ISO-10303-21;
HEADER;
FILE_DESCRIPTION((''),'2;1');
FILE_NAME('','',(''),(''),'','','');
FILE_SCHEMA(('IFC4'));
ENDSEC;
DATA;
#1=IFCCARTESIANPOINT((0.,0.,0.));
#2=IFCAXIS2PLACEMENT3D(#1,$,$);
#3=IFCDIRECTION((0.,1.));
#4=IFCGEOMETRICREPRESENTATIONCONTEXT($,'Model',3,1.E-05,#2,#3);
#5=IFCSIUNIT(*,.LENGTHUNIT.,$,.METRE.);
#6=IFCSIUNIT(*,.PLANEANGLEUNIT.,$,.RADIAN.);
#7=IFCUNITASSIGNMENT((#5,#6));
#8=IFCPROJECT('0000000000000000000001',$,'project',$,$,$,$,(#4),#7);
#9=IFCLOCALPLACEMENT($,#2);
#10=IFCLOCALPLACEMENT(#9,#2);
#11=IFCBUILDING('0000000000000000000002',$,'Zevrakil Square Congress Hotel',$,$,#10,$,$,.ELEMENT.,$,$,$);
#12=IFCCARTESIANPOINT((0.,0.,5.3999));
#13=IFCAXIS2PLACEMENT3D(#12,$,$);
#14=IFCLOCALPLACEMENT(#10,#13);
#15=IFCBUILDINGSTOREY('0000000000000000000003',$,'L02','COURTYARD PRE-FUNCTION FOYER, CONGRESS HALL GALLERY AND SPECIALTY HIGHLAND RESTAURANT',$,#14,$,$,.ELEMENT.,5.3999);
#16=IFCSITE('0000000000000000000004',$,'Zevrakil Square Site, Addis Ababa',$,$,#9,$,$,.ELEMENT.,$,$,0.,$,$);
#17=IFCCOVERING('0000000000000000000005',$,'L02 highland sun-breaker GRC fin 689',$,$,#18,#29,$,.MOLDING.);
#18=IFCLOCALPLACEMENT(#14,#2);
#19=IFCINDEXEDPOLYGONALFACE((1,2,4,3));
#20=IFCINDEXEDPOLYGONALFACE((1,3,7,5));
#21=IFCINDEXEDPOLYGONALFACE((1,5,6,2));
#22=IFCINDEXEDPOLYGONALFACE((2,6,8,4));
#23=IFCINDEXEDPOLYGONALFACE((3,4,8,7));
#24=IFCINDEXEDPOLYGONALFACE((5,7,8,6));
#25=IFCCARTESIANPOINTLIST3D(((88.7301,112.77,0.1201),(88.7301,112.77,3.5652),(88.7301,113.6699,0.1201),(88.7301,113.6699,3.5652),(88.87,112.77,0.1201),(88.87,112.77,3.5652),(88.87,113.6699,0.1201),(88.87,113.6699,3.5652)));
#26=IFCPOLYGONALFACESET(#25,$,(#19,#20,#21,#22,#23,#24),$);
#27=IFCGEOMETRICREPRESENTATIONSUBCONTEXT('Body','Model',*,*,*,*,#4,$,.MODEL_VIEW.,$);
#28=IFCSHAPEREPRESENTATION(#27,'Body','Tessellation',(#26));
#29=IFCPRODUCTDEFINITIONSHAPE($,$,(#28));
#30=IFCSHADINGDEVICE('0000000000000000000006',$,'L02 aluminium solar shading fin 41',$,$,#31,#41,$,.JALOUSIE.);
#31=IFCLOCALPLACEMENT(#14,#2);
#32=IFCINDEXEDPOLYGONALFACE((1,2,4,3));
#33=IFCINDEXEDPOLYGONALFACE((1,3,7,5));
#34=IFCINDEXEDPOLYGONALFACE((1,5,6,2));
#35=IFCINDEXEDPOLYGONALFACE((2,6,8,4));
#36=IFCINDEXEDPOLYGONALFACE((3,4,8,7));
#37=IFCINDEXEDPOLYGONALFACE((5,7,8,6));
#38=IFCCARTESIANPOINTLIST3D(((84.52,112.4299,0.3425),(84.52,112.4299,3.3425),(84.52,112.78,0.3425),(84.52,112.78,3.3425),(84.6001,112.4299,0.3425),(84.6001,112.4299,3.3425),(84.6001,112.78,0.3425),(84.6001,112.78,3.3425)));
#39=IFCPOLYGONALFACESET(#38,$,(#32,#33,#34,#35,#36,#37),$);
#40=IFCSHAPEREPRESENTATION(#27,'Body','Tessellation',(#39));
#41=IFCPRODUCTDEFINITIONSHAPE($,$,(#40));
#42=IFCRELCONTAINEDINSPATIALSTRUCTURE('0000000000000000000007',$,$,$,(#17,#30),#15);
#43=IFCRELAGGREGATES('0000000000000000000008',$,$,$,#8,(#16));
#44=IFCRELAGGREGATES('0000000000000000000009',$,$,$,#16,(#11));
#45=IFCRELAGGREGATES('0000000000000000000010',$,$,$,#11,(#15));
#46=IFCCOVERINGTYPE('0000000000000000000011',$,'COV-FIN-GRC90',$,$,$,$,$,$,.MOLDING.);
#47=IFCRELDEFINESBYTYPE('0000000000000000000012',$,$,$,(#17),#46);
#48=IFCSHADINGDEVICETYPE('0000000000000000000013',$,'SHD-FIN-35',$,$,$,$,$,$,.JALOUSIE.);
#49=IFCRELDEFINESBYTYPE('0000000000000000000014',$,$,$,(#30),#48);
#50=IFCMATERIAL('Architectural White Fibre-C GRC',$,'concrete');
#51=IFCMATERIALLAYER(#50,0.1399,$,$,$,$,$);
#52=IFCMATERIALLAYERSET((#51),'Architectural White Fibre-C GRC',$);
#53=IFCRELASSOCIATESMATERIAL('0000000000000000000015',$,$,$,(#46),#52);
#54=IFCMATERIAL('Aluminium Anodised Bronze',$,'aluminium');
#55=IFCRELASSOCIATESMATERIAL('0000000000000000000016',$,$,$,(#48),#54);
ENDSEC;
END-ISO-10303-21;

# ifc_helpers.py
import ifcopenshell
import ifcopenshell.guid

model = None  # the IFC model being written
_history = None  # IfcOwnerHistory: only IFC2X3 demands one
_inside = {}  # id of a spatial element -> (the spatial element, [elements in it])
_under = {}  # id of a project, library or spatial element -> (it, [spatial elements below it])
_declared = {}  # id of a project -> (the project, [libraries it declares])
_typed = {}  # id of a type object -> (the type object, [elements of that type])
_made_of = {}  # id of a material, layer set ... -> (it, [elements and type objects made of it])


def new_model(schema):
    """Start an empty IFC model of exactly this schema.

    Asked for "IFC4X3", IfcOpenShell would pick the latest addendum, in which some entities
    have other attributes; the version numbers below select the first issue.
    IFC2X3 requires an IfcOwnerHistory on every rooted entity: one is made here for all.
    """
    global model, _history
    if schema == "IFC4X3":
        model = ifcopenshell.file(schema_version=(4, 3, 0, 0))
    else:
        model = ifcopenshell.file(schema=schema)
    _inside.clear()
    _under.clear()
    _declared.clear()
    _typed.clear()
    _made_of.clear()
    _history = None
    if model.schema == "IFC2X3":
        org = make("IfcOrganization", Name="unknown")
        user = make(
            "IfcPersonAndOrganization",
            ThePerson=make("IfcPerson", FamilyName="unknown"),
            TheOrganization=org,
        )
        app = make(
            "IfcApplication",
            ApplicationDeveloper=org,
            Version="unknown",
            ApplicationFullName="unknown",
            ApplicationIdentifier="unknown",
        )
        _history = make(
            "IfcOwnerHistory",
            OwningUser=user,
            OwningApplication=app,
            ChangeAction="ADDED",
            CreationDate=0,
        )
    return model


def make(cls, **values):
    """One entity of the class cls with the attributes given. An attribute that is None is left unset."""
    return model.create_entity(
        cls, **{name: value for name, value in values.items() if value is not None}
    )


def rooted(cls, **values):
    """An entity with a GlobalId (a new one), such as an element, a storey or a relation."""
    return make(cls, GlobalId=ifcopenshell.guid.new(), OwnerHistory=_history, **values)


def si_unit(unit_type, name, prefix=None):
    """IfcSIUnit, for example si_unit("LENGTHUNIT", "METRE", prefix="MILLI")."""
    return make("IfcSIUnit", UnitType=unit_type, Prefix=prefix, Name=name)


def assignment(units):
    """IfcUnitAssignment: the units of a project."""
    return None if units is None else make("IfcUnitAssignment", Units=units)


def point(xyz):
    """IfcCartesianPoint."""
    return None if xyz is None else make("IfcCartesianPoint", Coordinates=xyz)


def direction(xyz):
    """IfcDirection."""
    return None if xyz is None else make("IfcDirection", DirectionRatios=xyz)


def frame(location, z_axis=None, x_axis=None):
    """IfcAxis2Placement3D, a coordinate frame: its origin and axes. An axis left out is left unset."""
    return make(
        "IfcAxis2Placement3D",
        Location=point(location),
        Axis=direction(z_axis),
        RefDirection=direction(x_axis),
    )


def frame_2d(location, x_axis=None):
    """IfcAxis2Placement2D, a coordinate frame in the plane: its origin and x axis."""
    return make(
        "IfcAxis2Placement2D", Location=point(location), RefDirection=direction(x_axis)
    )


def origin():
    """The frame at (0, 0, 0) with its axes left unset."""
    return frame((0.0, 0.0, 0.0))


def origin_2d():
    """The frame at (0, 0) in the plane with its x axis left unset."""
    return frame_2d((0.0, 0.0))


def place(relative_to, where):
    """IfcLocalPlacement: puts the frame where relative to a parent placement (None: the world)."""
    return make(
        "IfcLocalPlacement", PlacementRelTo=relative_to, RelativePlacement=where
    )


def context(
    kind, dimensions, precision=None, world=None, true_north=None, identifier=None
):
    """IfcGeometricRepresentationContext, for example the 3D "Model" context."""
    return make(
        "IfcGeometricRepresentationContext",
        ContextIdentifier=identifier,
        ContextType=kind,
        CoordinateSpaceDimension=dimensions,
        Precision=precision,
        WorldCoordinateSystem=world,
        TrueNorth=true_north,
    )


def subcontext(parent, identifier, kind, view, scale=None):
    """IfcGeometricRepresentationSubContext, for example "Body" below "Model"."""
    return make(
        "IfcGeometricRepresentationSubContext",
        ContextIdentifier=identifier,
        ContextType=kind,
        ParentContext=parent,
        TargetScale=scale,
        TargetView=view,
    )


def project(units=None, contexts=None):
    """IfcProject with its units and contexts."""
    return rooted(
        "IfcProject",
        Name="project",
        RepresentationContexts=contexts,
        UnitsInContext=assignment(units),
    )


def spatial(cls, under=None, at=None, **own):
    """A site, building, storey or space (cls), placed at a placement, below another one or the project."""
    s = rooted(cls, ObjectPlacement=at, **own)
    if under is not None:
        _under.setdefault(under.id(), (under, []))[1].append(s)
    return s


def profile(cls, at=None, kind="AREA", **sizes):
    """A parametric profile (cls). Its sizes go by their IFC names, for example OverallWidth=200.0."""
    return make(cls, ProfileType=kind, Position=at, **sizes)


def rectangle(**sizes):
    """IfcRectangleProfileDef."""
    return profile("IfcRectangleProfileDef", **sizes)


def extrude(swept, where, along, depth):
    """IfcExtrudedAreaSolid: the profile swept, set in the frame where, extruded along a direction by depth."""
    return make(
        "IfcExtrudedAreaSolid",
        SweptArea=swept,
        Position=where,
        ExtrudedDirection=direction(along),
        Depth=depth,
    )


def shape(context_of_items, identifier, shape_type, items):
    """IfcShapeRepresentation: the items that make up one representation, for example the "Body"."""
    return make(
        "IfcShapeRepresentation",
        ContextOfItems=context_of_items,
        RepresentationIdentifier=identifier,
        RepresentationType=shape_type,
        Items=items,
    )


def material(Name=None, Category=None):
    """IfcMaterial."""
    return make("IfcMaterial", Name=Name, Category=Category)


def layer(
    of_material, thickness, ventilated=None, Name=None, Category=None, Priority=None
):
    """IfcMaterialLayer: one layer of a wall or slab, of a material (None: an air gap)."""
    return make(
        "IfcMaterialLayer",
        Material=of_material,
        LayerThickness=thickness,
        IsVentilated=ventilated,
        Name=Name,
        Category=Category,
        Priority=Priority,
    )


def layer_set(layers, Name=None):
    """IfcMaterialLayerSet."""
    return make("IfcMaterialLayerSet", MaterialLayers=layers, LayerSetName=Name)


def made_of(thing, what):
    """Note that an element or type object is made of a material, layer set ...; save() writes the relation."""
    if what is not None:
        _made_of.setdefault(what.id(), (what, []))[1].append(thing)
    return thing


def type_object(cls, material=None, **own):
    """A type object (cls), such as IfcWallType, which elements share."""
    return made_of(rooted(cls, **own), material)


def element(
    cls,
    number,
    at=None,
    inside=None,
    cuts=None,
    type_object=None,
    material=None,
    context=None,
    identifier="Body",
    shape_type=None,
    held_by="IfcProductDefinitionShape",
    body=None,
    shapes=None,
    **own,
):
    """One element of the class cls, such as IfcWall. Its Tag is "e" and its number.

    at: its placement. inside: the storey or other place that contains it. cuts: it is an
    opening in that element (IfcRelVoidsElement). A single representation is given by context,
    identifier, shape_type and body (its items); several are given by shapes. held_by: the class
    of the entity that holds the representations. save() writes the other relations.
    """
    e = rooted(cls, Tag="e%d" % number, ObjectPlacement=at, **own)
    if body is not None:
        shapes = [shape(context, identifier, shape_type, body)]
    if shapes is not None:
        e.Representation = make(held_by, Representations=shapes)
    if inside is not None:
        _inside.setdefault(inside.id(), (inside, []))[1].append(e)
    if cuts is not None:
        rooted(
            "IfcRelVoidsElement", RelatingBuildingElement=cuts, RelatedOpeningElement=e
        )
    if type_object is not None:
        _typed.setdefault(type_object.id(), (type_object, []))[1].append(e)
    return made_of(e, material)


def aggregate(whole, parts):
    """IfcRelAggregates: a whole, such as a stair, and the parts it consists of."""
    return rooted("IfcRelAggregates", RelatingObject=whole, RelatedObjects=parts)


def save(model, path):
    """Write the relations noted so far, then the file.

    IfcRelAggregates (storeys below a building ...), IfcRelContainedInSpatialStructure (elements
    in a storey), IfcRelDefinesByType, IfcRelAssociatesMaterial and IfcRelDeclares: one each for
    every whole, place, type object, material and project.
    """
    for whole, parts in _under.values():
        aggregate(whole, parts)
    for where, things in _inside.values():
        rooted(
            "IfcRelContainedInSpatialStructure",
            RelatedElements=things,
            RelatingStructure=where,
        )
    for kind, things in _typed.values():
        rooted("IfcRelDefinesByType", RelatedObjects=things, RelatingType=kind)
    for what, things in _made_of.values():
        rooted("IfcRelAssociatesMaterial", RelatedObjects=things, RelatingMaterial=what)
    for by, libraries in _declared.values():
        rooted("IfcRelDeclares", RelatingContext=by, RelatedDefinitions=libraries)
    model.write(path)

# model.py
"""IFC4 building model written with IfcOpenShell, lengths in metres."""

from ifc_helpers import new_model, si_unit, direction, frame, origin, origin_2d, place, context, subcontext, project, spatial, rectangle, extrude, material, layer, layer_set, type_object, element, save


model = new_model("IFC4")

# Units and contexts
model_context = context("Model", 3, precision=1e-05, world=origin(), true_north=direction((0.0, 1.0)))
body_context = subcontext(model_context, "Body", "Model", "MODEL_VIEW")
ifc_project = project(units=[si_unit("LENGTHUNIT", "METRE"), si_unit("PLANEANGLEUNIT", "RADIAN")], contexts=[model_context])

# Site, building, storey
site_placement = place(None, origin())
site = spatial("IfcSite", under=ifc_project, at=site_placement, Name="Zevrakil Square Site, Addis Ababa", CompositionType="ELEMENT", RefElevation=0.0)
building_placement = place(site_placement, origin())
building = spatial("IfcBuilding", under=site, at=building_placement, Name="Zevrakil Square Congress Hotel", CompositionType="ELEMENT")
storey_placement = place(building_placement, frame((0.0, 0.0, 5.3999)))
storey = spatial("IfcBuildingStorey", under=building, at=storey_placement, Name="L02", Description="COURTYARD PRE-FUNCTION FOYER, CONGRESS HALL GALLERY AND SPECIALTY HIGHLAND RESTAURANT", CompositionType="ELEMENT", Elevation=5.3999)

# Covering
ifc_material_1 = material(Name="Architectural White Fibre-C GRC", Category="concrete")
ifc_layer_1 = layer(ifc_material_1, 0.1399)
ifc_layer_set_1 = layer_set([ifc_layer_1], Name="Architectural White Fibre-C GRC")
covering_type_1 = type_object("IfcCoveringType", Name="COV-FIN-GRC90", PredefinedType="MOLDING", material=ifc_layer_set_1)
covering_1_placement = place(storey_placement, frame((88.8, 113.22, 0.1201), z_axis=(0.0, 0.0, 1.0), x_axis=(0.0, 1.0, 0.0)))
element("IfcCovering", 1, at=covering_1_placement, inside=storey, type_object=covering_type_1, Name="L02 highland sun-breaker GRC fin 689", PredefinedType="MOLDING", context=body_context, shape_type="SweptSolid", body=[
    extrude(rectangle(XDim=0.8999, YDim=0.1399, at=origin_2d()), origin(), (0.0, 0.0, 1.0), 3.4451),
])

# Shading device
ifc_material_2 = material(Name="Aluminium Anodised Bronze", Category="aluminium")
shading_device_type = type_object("IfcShadingDeviceType", Name="SHD-FIN-35", PredefinedType="JALOUSIE", material=ifc_material_2)
shading_device_placement = place(storey_placement, frame((84.5601, 112.605, 0.3425), z_axis=(0.0, 0.0, 1.0), x_axis=(0.0, -1.0, 0.0)))
element("IfcShadingDevice", 2, at=shading_device_placement, inside=storey, type_object=shading_device_type, Name="L02 aluminium solar shading fin 41", PredefinedType="JALOUSIE", context=body_context, shape_type="SweptSolid", body=[
    extrude(rectangle(XDim=0.3501, YDim=0.0801, at=origin_2d()), origin(), (0.0, 0.0, 1.0), 3.0),
])

save(model, "model.ifc")
